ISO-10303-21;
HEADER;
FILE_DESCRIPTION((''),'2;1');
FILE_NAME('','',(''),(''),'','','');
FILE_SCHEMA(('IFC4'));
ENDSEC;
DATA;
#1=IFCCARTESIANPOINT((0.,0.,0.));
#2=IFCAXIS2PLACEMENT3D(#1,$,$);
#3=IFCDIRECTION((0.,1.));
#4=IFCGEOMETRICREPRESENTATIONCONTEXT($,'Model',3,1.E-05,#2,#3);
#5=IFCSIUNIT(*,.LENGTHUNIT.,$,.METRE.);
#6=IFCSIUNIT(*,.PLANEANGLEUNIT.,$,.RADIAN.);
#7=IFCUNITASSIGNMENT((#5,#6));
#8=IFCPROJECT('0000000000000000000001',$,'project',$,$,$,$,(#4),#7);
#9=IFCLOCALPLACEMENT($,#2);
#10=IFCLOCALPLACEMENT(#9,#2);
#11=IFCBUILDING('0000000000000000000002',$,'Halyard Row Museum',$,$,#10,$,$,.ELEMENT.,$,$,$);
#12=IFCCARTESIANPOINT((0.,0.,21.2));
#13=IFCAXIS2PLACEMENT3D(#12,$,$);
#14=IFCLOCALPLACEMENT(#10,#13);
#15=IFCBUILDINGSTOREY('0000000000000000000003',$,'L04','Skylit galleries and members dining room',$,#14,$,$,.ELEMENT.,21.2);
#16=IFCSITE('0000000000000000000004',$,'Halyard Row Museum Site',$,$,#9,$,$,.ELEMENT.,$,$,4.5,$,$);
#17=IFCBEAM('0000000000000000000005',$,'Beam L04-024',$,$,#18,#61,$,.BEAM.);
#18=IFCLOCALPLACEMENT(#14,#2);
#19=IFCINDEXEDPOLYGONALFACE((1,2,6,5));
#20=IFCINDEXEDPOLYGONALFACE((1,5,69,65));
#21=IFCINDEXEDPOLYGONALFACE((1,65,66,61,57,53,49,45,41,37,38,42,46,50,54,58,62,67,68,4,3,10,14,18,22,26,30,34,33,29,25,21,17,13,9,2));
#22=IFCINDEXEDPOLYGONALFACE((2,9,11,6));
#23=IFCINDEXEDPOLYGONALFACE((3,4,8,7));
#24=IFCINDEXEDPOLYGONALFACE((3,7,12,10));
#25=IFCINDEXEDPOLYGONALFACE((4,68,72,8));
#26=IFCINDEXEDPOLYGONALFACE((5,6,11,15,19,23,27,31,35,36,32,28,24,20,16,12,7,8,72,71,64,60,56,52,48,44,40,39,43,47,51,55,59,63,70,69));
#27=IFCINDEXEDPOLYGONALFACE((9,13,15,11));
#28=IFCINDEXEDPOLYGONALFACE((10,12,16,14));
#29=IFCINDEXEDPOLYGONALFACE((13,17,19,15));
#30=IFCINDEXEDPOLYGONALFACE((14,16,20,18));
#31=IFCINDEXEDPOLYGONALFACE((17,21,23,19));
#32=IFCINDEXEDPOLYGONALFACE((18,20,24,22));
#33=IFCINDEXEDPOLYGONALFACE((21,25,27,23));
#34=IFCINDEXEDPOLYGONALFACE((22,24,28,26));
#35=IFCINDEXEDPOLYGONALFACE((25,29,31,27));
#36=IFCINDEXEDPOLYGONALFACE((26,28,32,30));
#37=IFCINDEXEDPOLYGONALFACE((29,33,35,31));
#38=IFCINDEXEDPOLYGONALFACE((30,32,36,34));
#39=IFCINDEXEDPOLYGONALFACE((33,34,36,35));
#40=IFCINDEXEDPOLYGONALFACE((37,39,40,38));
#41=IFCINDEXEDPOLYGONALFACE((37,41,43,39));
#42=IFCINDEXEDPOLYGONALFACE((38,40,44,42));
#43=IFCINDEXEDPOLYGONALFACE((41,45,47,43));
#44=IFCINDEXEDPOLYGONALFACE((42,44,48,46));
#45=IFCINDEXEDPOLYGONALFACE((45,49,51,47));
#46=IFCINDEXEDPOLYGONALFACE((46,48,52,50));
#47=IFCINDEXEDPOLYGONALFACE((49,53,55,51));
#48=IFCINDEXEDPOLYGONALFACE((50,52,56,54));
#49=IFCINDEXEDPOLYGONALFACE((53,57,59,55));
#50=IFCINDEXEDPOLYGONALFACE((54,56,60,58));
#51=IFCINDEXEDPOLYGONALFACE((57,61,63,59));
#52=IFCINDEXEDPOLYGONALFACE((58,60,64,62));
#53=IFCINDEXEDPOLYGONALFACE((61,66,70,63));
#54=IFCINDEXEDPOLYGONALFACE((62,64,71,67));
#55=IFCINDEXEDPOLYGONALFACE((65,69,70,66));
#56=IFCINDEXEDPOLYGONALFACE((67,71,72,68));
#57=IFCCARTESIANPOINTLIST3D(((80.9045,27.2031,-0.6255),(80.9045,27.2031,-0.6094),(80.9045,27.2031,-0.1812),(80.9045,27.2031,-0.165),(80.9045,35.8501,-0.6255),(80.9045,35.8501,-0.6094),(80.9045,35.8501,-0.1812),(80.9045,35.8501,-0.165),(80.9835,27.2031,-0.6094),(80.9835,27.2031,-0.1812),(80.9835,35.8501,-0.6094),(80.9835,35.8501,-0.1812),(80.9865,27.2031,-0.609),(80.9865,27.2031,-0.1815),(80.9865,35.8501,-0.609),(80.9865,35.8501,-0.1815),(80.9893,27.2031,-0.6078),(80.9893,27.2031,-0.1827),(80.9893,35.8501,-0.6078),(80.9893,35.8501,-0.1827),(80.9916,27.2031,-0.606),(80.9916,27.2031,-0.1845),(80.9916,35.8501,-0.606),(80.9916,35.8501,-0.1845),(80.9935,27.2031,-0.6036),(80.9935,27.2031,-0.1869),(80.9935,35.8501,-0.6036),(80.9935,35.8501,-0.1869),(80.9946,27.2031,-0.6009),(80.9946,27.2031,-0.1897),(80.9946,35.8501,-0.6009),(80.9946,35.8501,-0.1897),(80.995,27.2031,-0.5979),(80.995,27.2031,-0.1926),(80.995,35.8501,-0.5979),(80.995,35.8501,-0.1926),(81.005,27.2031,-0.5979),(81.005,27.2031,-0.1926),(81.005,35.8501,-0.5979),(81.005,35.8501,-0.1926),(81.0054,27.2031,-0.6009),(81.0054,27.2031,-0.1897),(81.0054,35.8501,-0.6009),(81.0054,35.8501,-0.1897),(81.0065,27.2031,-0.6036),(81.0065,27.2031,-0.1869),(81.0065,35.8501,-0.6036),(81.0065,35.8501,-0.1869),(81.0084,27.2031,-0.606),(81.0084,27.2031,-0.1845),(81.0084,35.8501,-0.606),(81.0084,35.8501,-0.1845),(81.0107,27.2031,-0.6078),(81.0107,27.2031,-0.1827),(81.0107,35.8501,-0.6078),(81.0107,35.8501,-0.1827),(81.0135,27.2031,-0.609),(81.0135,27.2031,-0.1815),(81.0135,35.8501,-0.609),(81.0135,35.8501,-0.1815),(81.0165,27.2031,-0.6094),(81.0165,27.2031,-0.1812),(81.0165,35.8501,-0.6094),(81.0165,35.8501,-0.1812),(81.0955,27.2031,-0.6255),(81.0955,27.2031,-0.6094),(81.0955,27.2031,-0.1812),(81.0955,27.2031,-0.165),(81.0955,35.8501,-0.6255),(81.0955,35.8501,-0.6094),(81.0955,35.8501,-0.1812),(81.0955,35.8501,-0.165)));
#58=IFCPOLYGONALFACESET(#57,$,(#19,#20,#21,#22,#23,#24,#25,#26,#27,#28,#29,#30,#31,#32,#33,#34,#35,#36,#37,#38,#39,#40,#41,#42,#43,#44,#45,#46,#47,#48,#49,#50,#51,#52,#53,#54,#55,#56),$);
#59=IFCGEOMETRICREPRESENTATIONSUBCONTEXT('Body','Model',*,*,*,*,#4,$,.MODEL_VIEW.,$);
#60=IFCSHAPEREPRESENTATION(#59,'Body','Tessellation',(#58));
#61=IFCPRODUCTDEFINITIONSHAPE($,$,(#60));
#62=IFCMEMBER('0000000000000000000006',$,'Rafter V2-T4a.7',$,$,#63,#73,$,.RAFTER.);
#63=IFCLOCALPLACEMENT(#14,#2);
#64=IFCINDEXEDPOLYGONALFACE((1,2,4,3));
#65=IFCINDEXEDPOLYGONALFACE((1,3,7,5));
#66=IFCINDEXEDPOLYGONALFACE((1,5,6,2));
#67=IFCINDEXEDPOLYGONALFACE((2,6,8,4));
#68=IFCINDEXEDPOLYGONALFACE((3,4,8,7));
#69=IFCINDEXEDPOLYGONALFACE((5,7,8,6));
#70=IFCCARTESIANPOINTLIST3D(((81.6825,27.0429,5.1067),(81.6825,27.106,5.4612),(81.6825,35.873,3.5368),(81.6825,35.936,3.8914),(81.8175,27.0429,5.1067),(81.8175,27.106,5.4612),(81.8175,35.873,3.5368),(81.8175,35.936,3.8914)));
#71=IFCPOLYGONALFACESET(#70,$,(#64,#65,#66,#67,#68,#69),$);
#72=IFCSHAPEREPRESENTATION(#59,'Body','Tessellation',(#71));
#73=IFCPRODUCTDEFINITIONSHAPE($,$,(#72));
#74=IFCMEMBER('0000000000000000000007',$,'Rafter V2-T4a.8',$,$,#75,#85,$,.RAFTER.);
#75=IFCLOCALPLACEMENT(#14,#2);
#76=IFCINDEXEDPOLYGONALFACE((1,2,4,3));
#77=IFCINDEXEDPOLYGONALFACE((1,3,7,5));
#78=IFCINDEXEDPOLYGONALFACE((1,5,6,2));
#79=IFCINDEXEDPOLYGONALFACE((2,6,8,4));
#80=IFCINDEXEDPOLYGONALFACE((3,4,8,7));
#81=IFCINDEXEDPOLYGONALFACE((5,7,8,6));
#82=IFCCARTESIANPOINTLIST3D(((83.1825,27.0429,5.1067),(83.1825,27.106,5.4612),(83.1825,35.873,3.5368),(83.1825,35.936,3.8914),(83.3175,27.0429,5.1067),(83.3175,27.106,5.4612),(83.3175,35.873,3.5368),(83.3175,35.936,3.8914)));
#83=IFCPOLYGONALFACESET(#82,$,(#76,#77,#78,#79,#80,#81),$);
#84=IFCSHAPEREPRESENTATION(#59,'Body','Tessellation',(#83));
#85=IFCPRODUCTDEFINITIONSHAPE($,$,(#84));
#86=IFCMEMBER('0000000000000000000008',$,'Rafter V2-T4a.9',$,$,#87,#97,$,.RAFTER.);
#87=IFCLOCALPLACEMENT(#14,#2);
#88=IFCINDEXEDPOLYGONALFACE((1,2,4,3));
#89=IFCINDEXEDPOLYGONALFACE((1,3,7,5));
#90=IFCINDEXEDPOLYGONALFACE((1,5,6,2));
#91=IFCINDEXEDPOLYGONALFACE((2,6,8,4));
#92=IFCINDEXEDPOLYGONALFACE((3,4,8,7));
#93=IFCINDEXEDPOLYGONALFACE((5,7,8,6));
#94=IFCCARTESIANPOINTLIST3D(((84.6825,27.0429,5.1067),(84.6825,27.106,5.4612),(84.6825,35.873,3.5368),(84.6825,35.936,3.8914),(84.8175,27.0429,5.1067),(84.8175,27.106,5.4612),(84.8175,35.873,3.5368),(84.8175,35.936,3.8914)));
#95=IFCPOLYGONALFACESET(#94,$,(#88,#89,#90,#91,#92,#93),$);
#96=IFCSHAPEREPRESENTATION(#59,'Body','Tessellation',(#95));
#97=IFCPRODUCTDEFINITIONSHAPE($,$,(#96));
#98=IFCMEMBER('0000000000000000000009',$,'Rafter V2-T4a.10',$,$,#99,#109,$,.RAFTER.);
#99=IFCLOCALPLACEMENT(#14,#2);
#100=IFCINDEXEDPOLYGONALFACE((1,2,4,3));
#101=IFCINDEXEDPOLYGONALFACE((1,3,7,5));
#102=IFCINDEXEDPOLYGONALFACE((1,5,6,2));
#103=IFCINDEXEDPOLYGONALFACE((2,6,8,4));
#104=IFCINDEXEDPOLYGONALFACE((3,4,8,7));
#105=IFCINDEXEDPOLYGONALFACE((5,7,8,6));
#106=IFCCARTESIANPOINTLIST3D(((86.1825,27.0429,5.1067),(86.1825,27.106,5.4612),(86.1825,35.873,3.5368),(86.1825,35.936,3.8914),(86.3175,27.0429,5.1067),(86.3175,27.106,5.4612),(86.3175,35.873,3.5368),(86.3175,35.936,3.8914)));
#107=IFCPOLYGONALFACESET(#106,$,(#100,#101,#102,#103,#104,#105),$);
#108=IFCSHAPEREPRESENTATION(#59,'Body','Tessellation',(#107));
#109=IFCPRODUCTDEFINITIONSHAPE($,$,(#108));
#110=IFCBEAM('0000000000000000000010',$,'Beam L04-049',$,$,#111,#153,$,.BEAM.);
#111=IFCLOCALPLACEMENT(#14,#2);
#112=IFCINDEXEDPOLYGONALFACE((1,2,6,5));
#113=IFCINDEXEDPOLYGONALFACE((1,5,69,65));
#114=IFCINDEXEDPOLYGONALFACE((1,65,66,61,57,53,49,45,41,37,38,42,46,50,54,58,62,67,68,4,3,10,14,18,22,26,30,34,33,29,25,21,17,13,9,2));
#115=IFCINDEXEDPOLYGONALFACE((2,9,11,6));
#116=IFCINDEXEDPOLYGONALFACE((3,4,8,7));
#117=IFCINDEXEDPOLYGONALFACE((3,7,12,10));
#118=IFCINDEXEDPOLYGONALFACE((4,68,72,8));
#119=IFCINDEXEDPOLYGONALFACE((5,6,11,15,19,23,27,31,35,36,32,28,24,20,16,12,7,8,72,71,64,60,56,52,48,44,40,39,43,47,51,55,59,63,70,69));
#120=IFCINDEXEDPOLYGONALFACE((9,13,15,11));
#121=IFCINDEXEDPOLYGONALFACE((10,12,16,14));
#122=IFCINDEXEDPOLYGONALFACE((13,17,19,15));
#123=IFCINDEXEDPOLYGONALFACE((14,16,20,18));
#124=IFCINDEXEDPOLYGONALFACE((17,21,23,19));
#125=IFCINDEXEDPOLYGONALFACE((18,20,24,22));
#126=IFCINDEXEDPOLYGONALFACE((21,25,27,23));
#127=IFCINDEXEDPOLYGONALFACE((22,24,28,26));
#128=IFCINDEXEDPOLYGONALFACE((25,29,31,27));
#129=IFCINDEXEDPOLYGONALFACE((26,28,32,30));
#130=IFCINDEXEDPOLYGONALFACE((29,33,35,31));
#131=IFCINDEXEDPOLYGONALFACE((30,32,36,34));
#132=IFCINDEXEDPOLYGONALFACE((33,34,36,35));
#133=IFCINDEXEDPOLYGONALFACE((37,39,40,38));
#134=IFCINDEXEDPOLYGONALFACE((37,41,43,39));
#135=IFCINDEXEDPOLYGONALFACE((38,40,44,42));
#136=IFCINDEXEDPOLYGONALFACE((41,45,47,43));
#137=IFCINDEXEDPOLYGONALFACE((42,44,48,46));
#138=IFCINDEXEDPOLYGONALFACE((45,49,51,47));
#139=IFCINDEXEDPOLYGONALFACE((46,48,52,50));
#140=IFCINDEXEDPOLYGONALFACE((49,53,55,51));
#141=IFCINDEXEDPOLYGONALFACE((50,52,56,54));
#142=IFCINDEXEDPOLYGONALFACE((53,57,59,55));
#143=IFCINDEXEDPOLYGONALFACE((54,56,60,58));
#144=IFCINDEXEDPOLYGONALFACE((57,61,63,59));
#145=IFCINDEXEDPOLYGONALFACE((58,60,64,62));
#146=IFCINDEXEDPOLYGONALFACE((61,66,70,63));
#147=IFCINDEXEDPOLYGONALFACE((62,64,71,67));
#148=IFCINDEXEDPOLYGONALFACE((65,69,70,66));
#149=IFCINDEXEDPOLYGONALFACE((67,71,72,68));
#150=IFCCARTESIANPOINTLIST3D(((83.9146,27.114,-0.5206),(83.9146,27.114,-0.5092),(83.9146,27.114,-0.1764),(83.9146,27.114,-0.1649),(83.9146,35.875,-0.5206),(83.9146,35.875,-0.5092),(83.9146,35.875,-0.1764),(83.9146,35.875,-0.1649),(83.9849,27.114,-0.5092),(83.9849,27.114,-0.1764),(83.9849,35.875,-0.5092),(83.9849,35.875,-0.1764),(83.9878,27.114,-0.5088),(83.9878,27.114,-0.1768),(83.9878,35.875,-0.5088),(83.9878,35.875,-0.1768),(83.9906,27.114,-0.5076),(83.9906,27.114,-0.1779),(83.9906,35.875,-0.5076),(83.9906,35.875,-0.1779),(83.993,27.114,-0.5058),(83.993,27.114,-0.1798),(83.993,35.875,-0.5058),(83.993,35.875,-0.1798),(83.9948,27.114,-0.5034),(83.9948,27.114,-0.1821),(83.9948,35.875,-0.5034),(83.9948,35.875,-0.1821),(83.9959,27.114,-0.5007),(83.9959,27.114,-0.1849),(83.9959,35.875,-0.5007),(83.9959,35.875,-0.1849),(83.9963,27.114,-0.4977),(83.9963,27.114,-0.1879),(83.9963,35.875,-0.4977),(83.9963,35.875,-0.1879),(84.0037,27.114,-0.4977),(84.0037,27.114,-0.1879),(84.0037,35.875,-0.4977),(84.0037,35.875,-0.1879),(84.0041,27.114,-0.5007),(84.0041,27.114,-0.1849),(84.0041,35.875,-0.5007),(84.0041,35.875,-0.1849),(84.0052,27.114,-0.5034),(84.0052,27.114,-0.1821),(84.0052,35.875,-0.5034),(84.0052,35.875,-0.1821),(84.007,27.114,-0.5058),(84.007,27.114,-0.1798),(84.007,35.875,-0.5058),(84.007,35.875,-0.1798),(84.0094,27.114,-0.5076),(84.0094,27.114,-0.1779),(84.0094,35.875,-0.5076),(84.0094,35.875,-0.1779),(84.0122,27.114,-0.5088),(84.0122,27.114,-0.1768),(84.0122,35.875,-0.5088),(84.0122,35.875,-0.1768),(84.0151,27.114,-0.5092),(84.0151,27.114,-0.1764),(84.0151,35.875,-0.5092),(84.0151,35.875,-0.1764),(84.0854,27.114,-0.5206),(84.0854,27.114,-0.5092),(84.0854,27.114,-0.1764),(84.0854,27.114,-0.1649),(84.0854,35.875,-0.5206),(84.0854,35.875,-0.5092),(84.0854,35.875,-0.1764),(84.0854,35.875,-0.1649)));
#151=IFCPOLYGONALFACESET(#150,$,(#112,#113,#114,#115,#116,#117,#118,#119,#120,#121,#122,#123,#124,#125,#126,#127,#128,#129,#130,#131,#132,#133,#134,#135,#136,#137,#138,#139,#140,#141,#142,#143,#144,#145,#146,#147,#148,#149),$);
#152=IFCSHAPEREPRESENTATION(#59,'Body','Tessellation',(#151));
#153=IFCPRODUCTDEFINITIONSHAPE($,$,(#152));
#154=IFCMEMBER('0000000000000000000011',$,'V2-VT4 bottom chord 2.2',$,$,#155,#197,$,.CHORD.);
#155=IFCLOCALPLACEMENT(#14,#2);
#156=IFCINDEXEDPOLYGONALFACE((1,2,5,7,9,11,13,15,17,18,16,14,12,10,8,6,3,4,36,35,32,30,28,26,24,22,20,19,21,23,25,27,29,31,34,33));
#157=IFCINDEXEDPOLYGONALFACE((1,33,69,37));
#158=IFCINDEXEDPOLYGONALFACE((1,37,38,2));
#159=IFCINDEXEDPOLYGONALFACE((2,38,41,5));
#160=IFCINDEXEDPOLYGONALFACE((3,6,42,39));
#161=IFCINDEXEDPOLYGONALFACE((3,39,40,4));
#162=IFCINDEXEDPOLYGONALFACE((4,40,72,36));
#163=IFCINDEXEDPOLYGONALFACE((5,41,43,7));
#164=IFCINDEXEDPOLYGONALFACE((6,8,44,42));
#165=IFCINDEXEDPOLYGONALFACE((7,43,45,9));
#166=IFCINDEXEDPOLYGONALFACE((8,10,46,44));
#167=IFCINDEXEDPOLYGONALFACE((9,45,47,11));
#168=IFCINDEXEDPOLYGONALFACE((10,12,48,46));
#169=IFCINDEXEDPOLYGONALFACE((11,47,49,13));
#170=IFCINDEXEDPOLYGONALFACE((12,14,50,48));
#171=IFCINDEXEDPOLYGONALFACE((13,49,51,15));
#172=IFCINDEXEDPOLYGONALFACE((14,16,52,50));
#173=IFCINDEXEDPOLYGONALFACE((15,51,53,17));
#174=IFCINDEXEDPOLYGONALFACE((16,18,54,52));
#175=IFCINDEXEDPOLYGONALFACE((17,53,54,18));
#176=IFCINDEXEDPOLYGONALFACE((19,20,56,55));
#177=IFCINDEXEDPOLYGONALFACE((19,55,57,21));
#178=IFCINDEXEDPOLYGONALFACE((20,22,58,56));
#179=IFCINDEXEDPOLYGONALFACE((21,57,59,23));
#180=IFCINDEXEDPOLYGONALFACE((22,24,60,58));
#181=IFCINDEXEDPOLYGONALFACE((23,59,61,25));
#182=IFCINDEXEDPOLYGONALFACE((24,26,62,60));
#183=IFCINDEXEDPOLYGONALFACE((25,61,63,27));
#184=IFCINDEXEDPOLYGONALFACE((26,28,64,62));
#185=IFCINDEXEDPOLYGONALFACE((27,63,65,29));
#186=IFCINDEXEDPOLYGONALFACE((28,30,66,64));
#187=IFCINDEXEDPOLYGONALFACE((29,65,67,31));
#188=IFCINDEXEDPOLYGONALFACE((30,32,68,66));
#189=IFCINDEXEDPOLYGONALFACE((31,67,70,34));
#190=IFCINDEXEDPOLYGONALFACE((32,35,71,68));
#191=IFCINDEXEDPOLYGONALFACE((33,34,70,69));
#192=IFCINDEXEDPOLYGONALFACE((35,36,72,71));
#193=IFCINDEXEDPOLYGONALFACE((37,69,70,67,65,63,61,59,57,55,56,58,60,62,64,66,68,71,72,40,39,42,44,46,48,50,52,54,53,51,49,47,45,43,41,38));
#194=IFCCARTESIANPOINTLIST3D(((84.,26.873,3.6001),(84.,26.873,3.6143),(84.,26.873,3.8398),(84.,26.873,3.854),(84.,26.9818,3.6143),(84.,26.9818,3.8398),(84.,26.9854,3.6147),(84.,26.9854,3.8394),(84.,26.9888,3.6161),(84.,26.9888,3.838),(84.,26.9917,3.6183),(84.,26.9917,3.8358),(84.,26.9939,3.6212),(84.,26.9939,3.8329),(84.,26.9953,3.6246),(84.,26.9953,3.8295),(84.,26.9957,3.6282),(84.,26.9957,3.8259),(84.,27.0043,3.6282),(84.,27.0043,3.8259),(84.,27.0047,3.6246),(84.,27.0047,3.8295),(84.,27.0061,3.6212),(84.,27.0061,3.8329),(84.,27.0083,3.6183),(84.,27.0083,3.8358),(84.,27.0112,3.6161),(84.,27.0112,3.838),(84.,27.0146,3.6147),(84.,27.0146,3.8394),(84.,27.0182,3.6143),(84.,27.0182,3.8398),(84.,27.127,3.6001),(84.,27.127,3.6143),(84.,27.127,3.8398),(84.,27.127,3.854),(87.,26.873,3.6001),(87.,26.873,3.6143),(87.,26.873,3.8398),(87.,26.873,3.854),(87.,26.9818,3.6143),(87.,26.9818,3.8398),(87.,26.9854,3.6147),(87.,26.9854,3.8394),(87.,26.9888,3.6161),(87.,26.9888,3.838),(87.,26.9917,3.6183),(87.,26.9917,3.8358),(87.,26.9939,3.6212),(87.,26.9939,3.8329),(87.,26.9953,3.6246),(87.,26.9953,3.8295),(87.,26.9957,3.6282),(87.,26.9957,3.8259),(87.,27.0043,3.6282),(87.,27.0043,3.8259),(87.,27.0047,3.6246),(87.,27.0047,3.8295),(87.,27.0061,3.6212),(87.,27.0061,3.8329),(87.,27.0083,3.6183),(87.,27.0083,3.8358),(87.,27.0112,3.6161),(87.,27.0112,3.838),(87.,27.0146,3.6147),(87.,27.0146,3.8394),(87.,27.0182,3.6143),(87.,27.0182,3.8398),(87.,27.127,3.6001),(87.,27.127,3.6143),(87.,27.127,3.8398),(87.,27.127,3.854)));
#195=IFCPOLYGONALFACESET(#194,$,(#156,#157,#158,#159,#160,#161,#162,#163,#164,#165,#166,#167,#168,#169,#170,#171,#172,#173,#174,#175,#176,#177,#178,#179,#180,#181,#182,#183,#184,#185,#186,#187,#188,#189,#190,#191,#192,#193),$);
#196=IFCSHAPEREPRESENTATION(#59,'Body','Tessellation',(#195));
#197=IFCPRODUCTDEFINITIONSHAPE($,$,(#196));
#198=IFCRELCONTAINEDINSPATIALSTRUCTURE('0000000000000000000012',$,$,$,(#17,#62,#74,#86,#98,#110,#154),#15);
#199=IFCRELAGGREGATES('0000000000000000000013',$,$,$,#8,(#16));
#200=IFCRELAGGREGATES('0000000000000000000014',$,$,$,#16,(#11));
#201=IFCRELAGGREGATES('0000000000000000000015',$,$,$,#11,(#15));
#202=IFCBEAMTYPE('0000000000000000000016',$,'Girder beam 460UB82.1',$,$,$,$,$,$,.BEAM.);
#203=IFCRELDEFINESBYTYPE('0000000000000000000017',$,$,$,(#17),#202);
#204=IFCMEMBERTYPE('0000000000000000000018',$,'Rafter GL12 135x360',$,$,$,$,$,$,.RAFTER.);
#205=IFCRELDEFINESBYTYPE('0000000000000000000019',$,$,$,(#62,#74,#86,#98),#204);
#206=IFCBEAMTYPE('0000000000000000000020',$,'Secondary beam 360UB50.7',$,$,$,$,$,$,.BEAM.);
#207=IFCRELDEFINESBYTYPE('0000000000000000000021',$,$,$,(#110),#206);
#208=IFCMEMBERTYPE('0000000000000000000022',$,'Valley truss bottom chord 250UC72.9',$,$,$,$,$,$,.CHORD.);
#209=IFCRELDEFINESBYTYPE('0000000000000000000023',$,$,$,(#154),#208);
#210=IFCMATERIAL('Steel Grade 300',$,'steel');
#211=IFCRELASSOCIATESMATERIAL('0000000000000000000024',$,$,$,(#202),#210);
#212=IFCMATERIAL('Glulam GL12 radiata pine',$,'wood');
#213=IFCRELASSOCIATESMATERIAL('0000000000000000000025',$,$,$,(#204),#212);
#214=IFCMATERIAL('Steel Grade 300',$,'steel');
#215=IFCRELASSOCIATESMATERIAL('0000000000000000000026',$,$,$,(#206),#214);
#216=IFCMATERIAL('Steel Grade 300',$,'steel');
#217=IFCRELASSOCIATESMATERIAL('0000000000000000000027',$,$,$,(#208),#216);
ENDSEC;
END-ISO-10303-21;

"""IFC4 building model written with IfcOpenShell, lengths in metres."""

from ifc_helpers import new_model, si_unit, direction, frame, origin, origin_2d, place, context, subcontext, project, spatial, rectangle, i_section, extrude, material, material_profile, profile_set, type_object, element, save


model = new_model("IFC4")

# Units and contexts
model_context = context("Model", 3, precision=1e-05, world=origin(), true_north=direction((0.0, 1.0)))
body_context = subcontext(model_context, "Body", "Model", "MODEL_VIEW")
ifc_project = project(units=[si_unit("LENGTHUNIT", "METRE"), si_unit("PLANEANGLEUNIT", "RADIAN")], contexts=[model_context])

# Site, building, storey
site_placement = place(None, origin())
site = spatial("IfcSite", under=ifc_project, at=site_placement, Name="Halyard Row Museum Site", CompositionType="ELEMENT", RefElevation=4.5)
building_placement = place(site_placement, origin())
building = spatial("IfcBuilding", under=site, at=building_placement, Name="Halyard Row Museum", CompositionType="ELEMENT")
storey_placement = place(building_placement, frame((0.0, 0.0, 21.2)))
storey = spatial("IfcBuildingStorey", under=building, at=storey_placement, Name="L04", Description="Skylit galleries and members dining room", CompositionType="ELEMENT", Elevation=21.2)

# Beam
ifc_material_1 = material(Name="Steel Grade 300", Category="steel")
ifc_material_profile_1 = material_profile(ifc_material_1, i_section(OverallWidth=0.1909, OverallDepth=0.4604, WebThickness=0.01, FlangeThickness=0.0161, FilletRadius=0.0115, at=origin_2d()), Name="460UB82.1")
ifc_profile_set_1 = profile_set([ifc_material_profile_1], Name="Steel Grade 300")
beam_type_1 = type_object("IfcBeamType", Name="Girder beam 460UB82.1", PredefinedType="BEAM", material=ifc_profile_set_1)
beam_1_placement = place(storey_placement, frame((81.0, 27.2031, -0.3953), z_axis=(0.0, 1.0, 0.0), x_axis=(-1.0, 0.0, 0.0)))
element("IfcBeam", 1, at=beam_1_placement, inside=storey, type_object=beam_type_1, Name="Beam L04-024", PredefinedType="BEAM", context=body_context, shape_type="SweptSolid", body=[
    extrude(i_section(OverallWidth=0.1909, OverallDepth=0.4604, WebThickness=0.01, FlangeThickness=0.0161, FilletRadius=0.0115, at=origin_2d()), origin(), (0.0, 0.0, 1.0), 8.647),
])

# Members
ifc_material_2 = material(Name="Glulam GL12 radiata pine", Category="wood")
ifc_material_profile_2 = material_profile(ifc_material_2, rectangle(XDim=0.135, YDim=0.3601, at=origin_2d()), Name="GL12 135x360")
ifc_profile_set_2 = profile_set([ifc_material_profile_2], Name="Glulam GL12 radiata pine")
member_type_1 = type_object("IfcMemberType", Name="Rafter GL12 135x360", PredefinedType="RAFTER", material=ifc_profile_set_2)
for number, where, z_axis, x_axis, name in (
    (2, (81.75, 27.0745, 5.2839), (0.0, 0.984562, -0.175037), (-1.0, 0.0, 0.0), "Rafter V2-T4a.7"),
    (3, (83.25, 27.0745, 5.2839), (0.0, 0.984562, -0.175037), (-1.0, 0.0, 0.0), "Rafter V2-T4a.8"),
    (4, (84.75, 27.0745, 5.2839), (0.0, 0.984562, -0.175037), (-1.0, 0.0, 0.0), "Rafter V2-T4a.9"),
    (5, (86.25, 27.0745, 5.2839), (0.0, 0.984562, -0.175037), (-1.0, 0.0, 0.0), "Rafter V2-T4a.10"),
):
    element("IfcMember", number, at=place(storey_placement, frame(where, z_axis=z_axis, x_axis=x_axis)), inside=storey, type_object=member_type_1, Name=name, PredefinedType="RAFTER", context=body_context, shape_type="SweptSolid", body=[
        extrude(rectangle(XDim=0.135, YDim=0.3601, at=origin_2d()), origin(), (0.0, 0.0, 1.0), 8.9685),
    ])

# Beam
ifc_material_3 = material(Name="Steel Grade 300", Category="steel")
ifc_material_profile_3 = material_profile(ifc_material_3, i_section(OverallWidth=0.1709, OverallDepth=0.3557, WebThickness=0.0073, FlangeThickness=0.0115, FilletRadius=0.0115, at=origin_2d()), Name="360UB50.7")
ifc_profile_set_3 = profile_set([ifc_material_profile_3], Name="Steel Grade 300")
beam_type_2 = type_object("IfcBeamType", Name="Secondary beam 360UB50.7", PredefinedType="BEAM", material=ifc_profile_set_3)
beam_2_placement = place(storey_placement, frame((84.0, 27.114, -0.3428), z_axis=(0.0, 1.0, 0.0), x_axis=(-1.0, 0.0, 0.0)))
element("IfcBeam", 6, at=beam_2_placement, inside=storey, type_object=beam_type_2, Name="Beam L04-049", PredefinedType="BEAM", context=body_context, shape_type="SweptSolid", body=[
    extrude(i_section(OverallWidth=0.1709, OverallDepth=0.3557, WebThickness=0.0073, FlangeThickness=0.0115, FilletRadius=0.0115, at=origin_2d()), origin(), (0.0, 0.0, 1.0), 8.761),
])

# Member
ifc_material_4 = material(Name="Steel Grade 300", Category="steel")
ifc_material_profile_4 = material_profile(ifc_material_4, i_section(OverallWidth=0.2539, OverallDepth=0.2539, WebThickness=0.0085, FlangeThickness=0.0142, FilletRadius=0.0139, at=origin_2d()), Name="250UC72.9")
ifc_profile_set_4 = profile_set([ifc_material_profile_4], Name="Steel Grade 300")
member_type_2 = type_object("IfcMemberType", Name="Valley truss bottom chord 250UC72.9", PredefinedType="CHORD", material=ifc_profile_set_4)
member_1_placement = place(storey_placement, frame((84.0, 27.0, 3.7271), z_axis=(1.0, 0.0, 0.0), x_axis=(0.0, 1.0, 0.0)))
element("IfcMember", 7, at=member_1_placement, inside=storey, type_object=member_type_2, Name="V2-VT4 bottom chord 2.2", PredefinedType="CHORD", context=body_context, shape_type="SweptSolid", body=[
    extrude(i_section(OverallWidth=0.2539, OverallDepth=0.2539, WebThickness=0.0085, FlangeThickness=0.0142, FilletRadius=0.0139, at=origin_2d()), origin(), (0.0, 0.0, 1.0), 3.0),
])

save(model, "model.ifc")
